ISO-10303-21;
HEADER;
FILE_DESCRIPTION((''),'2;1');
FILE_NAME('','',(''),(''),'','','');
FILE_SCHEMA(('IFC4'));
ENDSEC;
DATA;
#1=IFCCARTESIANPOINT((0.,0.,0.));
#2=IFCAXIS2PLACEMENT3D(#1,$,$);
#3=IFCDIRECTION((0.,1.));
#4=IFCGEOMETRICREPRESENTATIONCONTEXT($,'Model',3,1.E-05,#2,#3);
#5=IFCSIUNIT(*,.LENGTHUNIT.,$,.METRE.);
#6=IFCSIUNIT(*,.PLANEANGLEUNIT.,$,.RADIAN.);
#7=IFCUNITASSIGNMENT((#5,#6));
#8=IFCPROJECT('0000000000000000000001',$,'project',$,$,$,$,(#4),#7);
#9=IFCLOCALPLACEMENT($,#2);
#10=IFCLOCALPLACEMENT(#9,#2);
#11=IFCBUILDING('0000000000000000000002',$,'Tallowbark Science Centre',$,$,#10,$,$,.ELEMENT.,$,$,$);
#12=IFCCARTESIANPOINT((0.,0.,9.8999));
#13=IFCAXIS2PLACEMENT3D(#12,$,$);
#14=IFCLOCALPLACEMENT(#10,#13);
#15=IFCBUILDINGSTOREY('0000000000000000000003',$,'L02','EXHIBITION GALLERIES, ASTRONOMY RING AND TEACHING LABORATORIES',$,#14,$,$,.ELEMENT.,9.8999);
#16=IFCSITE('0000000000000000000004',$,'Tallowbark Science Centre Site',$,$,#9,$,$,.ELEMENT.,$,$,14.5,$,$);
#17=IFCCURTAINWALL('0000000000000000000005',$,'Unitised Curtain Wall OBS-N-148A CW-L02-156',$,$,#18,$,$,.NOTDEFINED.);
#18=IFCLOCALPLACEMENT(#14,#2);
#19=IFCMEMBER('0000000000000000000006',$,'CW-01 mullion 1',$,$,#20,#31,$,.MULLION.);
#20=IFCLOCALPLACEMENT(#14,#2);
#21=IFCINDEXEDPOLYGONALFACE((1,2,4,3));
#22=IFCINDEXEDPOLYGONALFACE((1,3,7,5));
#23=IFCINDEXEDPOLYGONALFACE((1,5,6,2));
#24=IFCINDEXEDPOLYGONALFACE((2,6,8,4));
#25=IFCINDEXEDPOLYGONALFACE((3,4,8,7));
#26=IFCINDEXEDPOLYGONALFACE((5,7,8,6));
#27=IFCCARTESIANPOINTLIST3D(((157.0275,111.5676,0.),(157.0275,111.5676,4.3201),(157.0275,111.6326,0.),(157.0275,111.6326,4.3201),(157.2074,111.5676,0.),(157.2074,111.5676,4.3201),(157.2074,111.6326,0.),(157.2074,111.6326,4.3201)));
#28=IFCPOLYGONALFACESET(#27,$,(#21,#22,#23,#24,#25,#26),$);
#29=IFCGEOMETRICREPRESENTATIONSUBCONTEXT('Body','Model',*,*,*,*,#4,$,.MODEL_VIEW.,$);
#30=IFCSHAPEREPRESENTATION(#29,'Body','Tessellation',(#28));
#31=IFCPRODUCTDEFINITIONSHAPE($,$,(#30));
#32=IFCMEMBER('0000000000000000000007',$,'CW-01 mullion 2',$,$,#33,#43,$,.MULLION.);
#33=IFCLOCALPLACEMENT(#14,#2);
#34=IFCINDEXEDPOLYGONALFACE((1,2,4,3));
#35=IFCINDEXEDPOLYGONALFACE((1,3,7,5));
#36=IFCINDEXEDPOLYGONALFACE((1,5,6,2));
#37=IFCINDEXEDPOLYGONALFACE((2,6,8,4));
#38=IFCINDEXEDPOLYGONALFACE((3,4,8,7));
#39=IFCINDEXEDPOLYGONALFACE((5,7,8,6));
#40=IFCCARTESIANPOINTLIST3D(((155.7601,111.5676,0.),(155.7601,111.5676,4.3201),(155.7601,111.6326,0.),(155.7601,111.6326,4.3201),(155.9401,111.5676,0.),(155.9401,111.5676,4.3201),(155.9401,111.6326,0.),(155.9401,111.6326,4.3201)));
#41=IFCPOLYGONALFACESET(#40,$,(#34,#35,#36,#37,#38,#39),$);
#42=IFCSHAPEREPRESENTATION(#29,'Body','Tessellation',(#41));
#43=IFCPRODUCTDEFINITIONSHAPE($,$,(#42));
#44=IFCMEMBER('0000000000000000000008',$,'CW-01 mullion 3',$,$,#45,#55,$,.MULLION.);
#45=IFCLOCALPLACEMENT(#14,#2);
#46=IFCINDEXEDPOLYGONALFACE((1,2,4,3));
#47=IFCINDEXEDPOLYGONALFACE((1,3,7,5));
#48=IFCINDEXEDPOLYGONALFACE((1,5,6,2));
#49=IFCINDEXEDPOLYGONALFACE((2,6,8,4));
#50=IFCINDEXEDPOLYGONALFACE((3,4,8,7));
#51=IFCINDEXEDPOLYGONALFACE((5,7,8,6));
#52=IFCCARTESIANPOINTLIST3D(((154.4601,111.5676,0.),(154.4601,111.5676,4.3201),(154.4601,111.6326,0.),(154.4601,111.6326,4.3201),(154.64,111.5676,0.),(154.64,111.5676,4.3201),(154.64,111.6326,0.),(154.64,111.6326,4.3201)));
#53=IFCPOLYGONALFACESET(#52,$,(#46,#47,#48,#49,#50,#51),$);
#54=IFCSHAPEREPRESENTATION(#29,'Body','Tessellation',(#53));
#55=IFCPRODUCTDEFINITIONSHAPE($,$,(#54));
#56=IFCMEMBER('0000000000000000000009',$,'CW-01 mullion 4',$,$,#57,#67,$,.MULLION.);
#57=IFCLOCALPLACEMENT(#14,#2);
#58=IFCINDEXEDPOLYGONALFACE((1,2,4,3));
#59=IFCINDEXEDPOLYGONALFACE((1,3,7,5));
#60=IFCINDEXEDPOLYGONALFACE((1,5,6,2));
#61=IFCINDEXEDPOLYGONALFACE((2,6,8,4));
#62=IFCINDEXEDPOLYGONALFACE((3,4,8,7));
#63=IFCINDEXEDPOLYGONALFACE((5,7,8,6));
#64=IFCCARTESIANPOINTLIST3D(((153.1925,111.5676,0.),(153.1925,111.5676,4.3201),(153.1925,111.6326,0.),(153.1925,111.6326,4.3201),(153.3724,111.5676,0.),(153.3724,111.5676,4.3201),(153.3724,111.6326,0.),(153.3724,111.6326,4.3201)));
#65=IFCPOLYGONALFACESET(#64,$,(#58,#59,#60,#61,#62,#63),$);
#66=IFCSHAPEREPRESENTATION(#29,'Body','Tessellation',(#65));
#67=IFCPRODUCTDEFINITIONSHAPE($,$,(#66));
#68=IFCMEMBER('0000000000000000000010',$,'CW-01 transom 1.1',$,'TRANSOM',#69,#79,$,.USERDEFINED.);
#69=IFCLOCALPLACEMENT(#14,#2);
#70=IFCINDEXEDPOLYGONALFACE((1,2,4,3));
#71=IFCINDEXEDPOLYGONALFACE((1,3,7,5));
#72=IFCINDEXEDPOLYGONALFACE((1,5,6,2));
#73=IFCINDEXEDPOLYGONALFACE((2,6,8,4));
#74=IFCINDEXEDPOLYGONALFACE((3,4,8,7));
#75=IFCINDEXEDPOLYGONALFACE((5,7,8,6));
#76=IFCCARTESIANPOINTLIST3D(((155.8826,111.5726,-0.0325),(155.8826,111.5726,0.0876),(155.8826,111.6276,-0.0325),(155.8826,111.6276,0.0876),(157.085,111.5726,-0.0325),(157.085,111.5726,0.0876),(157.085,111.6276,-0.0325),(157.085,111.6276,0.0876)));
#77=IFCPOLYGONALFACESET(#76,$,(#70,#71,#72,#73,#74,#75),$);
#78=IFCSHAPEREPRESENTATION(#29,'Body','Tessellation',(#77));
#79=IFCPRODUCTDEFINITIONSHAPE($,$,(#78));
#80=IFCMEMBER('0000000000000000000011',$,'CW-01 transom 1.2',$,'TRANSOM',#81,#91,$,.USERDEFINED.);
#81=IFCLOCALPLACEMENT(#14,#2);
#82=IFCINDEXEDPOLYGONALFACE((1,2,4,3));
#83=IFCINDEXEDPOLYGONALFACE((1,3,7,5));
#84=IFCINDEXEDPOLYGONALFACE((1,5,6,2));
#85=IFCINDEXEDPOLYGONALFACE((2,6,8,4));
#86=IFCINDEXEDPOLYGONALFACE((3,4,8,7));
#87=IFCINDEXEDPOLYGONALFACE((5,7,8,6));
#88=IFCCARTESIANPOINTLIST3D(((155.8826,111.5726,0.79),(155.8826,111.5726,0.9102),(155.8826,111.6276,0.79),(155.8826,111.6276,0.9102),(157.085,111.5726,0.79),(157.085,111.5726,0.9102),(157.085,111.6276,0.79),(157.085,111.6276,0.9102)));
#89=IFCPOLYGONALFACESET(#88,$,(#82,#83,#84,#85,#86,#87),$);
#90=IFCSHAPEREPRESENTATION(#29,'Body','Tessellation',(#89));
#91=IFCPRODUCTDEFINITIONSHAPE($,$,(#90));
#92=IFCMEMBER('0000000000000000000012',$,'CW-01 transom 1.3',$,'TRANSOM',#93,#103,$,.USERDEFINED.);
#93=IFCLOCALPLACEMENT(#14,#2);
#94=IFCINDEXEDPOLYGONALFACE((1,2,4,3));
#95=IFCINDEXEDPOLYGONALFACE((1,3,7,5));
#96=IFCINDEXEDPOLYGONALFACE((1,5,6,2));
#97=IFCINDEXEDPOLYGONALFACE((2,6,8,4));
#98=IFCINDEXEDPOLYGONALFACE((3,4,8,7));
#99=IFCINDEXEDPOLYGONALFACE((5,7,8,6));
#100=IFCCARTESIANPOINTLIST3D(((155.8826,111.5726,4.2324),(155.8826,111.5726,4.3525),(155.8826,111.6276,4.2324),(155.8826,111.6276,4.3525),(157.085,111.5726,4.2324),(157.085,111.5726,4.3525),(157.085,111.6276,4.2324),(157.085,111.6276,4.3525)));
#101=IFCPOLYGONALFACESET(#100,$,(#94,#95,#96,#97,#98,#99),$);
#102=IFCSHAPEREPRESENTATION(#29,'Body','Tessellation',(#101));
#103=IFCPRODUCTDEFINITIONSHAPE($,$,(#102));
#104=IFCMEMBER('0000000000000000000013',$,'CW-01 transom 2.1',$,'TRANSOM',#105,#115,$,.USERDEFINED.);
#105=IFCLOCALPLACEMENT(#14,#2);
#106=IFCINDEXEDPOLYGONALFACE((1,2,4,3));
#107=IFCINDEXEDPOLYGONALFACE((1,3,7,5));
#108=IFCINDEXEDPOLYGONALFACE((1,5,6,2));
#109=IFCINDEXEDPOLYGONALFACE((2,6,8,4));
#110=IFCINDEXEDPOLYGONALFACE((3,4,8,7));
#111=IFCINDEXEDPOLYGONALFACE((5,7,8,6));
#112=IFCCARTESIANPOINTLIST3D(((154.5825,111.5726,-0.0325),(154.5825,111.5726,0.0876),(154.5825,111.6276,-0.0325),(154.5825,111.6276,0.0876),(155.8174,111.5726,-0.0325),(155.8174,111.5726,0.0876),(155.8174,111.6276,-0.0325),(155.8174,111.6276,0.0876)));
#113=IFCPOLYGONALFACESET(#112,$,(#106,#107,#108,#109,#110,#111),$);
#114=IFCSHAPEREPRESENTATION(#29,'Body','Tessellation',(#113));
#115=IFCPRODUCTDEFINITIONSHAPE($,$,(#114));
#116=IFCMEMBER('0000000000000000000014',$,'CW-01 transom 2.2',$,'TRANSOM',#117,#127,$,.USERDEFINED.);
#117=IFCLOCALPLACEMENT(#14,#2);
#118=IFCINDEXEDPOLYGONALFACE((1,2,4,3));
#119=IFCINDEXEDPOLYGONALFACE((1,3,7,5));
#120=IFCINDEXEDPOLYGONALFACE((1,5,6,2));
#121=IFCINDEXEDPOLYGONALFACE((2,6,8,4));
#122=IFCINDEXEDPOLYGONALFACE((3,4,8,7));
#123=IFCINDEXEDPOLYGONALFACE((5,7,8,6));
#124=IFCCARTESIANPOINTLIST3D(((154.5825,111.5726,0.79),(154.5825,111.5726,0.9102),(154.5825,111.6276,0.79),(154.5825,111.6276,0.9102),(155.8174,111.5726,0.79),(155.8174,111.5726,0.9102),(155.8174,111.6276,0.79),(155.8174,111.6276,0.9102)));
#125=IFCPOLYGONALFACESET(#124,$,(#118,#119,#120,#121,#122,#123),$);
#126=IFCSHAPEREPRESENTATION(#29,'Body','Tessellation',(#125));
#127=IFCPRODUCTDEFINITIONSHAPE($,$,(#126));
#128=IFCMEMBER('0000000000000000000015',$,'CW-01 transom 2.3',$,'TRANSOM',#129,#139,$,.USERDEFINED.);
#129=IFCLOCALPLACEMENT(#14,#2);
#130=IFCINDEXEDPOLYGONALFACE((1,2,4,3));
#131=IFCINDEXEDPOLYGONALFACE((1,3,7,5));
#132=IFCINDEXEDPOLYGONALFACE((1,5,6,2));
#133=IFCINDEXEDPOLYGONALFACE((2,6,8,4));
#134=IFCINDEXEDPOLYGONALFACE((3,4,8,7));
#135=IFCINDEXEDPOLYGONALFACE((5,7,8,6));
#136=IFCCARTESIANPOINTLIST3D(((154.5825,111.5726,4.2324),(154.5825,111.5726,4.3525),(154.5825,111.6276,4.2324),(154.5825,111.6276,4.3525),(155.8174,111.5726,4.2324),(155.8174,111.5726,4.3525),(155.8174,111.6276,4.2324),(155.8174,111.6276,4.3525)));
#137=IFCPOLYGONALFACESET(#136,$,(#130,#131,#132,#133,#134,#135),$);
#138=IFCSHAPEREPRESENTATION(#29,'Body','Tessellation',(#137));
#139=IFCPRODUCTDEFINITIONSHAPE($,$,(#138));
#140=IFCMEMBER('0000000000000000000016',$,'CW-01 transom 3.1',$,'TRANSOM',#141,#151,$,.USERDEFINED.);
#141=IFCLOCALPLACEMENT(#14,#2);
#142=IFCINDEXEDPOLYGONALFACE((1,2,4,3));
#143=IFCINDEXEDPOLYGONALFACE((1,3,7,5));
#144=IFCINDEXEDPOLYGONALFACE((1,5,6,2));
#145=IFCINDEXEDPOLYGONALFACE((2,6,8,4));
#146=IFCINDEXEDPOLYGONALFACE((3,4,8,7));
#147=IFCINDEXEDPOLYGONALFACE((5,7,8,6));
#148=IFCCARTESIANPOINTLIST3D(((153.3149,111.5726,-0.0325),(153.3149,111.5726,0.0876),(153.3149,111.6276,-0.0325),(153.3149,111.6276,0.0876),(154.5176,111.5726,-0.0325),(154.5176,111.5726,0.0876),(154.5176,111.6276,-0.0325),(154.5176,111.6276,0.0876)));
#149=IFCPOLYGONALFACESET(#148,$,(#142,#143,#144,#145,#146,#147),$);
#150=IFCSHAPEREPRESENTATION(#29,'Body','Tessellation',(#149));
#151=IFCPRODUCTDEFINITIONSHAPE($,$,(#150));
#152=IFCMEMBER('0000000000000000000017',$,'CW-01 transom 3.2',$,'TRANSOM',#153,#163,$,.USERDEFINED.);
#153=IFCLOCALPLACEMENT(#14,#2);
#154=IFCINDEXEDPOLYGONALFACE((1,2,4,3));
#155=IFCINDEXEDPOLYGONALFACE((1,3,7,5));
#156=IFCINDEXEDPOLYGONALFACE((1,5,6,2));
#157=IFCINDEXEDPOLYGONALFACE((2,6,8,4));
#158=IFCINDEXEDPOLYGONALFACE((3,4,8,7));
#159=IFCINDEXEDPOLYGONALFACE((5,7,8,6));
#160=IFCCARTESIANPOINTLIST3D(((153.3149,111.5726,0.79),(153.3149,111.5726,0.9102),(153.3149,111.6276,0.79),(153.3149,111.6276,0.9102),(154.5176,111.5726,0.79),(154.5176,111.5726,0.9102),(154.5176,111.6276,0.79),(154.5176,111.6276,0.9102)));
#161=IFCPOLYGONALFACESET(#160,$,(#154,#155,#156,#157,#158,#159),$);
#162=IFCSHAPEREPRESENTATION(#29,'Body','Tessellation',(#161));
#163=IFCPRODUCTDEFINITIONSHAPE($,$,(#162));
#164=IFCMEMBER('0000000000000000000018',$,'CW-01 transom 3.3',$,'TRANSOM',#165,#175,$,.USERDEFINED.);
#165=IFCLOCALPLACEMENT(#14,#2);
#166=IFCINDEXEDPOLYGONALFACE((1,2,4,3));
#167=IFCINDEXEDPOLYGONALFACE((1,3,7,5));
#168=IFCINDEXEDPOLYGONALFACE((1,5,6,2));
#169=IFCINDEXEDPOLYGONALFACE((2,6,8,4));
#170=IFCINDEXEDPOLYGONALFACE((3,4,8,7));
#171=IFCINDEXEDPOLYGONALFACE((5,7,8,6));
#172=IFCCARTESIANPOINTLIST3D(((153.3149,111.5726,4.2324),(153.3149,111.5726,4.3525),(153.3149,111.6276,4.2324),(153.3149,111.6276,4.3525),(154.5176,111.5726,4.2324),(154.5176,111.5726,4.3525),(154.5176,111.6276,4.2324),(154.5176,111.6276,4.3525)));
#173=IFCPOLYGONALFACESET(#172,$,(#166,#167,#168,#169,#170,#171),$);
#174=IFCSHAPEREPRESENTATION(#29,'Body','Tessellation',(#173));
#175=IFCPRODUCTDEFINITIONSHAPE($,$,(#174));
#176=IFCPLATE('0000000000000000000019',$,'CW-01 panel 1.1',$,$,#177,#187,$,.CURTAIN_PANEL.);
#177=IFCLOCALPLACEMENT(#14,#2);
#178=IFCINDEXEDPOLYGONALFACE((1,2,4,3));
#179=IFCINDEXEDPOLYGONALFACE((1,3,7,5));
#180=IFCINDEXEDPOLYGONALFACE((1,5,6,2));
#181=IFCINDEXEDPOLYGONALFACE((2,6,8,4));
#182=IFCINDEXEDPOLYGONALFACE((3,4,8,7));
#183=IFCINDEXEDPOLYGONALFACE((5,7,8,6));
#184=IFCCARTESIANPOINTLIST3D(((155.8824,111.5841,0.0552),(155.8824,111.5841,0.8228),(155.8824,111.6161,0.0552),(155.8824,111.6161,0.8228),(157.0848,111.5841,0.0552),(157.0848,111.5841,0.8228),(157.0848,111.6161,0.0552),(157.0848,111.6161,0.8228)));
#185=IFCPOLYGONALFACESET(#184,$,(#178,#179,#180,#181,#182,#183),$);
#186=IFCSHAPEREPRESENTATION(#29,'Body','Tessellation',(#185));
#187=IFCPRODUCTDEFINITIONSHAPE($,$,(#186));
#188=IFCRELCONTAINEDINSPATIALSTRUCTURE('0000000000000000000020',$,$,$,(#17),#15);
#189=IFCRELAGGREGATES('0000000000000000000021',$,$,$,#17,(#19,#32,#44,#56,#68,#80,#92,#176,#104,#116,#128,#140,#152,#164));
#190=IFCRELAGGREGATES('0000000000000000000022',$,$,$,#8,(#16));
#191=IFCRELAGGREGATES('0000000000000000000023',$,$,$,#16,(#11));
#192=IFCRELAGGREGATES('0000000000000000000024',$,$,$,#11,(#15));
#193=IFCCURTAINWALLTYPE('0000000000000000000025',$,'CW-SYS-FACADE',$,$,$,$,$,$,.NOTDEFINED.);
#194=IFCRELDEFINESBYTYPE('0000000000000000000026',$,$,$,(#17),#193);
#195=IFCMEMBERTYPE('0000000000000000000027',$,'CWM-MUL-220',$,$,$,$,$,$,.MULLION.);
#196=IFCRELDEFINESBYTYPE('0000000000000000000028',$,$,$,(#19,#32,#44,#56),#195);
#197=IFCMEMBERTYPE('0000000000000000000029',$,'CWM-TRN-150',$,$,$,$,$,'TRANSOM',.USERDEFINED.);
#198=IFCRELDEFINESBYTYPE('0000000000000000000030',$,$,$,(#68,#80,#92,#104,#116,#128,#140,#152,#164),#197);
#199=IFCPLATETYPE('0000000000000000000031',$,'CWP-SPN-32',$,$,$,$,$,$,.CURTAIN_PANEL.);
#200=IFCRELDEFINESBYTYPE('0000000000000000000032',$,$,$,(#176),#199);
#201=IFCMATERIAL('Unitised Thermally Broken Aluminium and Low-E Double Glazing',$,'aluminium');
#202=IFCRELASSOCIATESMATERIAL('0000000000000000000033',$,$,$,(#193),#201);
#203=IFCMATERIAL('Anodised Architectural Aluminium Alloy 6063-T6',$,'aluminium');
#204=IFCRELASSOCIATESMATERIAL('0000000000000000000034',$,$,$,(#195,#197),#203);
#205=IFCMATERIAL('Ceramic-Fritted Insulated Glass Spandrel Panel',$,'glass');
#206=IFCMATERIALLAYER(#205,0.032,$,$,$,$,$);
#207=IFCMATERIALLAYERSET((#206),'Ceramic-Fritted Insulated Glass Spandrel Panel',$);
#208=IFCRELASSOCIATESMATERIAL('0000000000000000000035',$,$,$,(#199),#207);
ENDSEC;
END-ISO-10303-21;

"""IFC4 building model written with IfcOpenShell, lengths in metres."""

from ifc_helpers import new_model, si_unit, direction, frame, origin, origin_2d, place, context, subcontext, project, spatial, rectangle, extrude, material, layer, layer_set, material_profile, profile_set, type_object, element, aggregate, save


model = new_model("IFC4")

# Units and contexts
model_context = context("Model", 3, precision=1e-05, world=origin(), true_north=direction((0.0, 1.0)))
body_context = subcontext(model_context, "Body", "Model", "MODEL_VIEW")
ifc_project = project(units=[si_unit("LENGTHUNIT", "METRE"), si_unit("PLANEANGLEUNIT", "RADIAN")], contexts=[model_context])

# Site, building, storey
site_placement = place(None, origin())
site = spatial("IfcSite", under=ifc_project, at=site_placement, Name="Tallowbark Science Centre Site", CompositionType="ELEMENT", RefElevation=14.5)
building_placement = place(site_placement, origin())
building = spatial("IfcBuilding", under=site, at=building_placement, Name="Tallowbark Science Centre", CompositionType="ELEMENT")
storey_placement = place(building_placement, frame((0.0, 0.0, 9.8999)))
storey = spatial("IfcBuildingStorey", under=building, at=storey_placement, Name="L02", Description="EXHIBITION GALLERIES, ASTRONOMY RING AND TEACHING LABORATORIES", CompositionType="ELEMENT", Elevation=9.8999)

# Curtain wall, members, plate
ifc_material_1 = material(Name="Unitised Thermally Broken Aluminium and Low-E Double Glazing", Category="aluminium")
curtain_wall_type = type_object("IfcCurtainWallType", Name="CW-SYS-FACADE", PredefinedType="NOTDEFINED", material=ifc_material_1)
curtain_wall_placement = place(storey_placement, origin())
curtain_wall = element("IfcCurtainWall", 1, at=curtain_wall_placement, inside=storey, type_object=curtain_wall_type, Name="Unitised Curtain Wall OBS-N-148A CW-L02-156", PredefinedType="NOTDEFINED")
ifc_material_2 = material(Name="Anodised Architectural Aluminium Alloy 6063-T6", Category="aluminium")
ifc_material_profile_1 = material_profile(ifc_material_2, rectangle(XDim=0.0649, YDim=0.1799, at=origin_2d()), Name="ALU65x180")
ifc_profile_set_1 = profile_set([ifc_material_profile_1], Name="Anodised Architectural Aluminium Alloy 6063-T6")
member_type_1 = type_object("IfcMemberType", Name="CWM-MUL-220", PredefinedType="MULLION", material=ifc_profile_set_1)
member_1_placement = place(storey_placement, frame((157.1174, 111.6001, 0.0), z_axis=(0.0, 0.0, 1.0), x_axis=(0.0, -1.0, 0.0)))
member_1 = element("IfcMember", 2, at=member_1_placement, type_object=member_type_1, Name="CW-01 mullion 1", PredefinedType="MULLION", context=body_context, shape_type="SweptSolid", body=[
    extrude(rectangle(XDim=0.0649, YDim=0.1799, at=origin_2d()), origin(), (0.0, 0.0, 1.0), 4.3201),
])
member_2_placement = place(storey_placement, frame((155.8501, 111.6001, 0.0), z_axis=(0.0, 0.0, 1.0), x_axis=(0.0, -1.0, 0.0)))
member_2 = element("IfcMember", 3, at=member_2_placement, type_object=member_type_1, Name="CW-01 mullion 2", PredefinedType="MULLION", context=body_context, shape_type="SweptSolid", body=[
    extrude(rectangle(XDim=0.0649, YDim=0.1799, at=origin_2d()), origin(), (0.0, 0.0, 1.0), 4.3201),
])
member_3_placement = place(storey_placement, frame((154.55, 111.6001, 0.0), z_axis=(0.0, 0.0, 1.0), x_axis=(0.0, -1.0, 0.0)))
member_3 = element("IfcMember", 4, at=member_3_placement, type_object=member_type_1, Name="CW-01 mullion 3", PredefinedType="MULLION", context=body_context, shape_type="SweptSolid", body=[
    extrude(rectangle(XDim=0.0649, YDim=0.1799, at=origin_2d()), origin(), (0.0, 0.0, 1.0), 4.3201),
])
member_4_placement = place(storey_placement, frame((153.2825, 111.6001, 0.0), z_axis=(0.0, 0.0, 1.0), x_axis=(0.0, -1.0, 0.0)))
member_4 = element("IfcMember", 5, at=member_4_placement, type_object=member_type_1, Name="CW-01 mullion 4", PredefinedType="MULLION", context=body_context, shape_type="SweptSolid", body=[
    extrude(rectangle(XDim=0.0649, YDim=0.1799, at=origin_2d()), origin(), (0.0, 0.0, 1.0), 4.3201),
])
ifc_material_profile_2 = material_profile(ifc_material_2, rectangle(XDim=0.0549, YDim=0.1201, at=origin_2d()), Name="ALU55x120")
ifc_profile_set_2 = profile_set([ifc_material_profile_2], Name="Anodised Architectural Aluminium Alloy 6063-T6")
member_type_2 = type_object("IfcMemberType", Name="CWM-TRN-150", ElementType="TRANSOM", PredefinedType="USERDEFINED", material=ifc_profile_set_2)
member_5_placement = place(storey_placement, frame((157.085, 111.6001, 0.0276), z_axis=(-1.0, 0.0, 0.0), x_axis=(0.0, -1.0, 0.0)))
member_5 = element("IfcMember", 6, at=member_5_placement, type_object=member_type_2, Name="CW-01 transom 1.1", ObjectType="TRANSOM", PredefinedType="USERDEFINED", context=body_context, shape_type="SweptSolid", body=[
    extrude(rectangle(XDim=0.0549, YDim=0.1201, at=origin_2d()), origin(), (0.0, 0.0, 1.0), 1.2024),
])
member_6_placement = place(storey_placement, frame((157.085, 111.6001, 0.8501), z_axis=(-1.0, 0.0, 0.0), x_axis=(0.0, -1.0, 0.0)))
member_6 = element("IfcMember", 7, at=member_6_placement, type_object=member_type_2, Name="CW-01 transom 1.2", ObjectType="TRANSOM", PredefinedType="USERDEFINED", context=body_context, shape_type="SweptSolid", body=[
    extrude(rectangle(XDim=0.0549, YDim=0.1201, at=origin_2d()), origin(), (0.0, 0.0, 1.0), 1.2024),
])
member_7_placement = place(storey_placement, frame((157.085, 111.6001, 4.2925), z_axis=(-1.0, 0.0, 0.0), x_axis=(0.0, -1.0, 0.0)))
member_7 = element("IfcMember", 8, at=member_7_placement, type_object=member_type_2, Name="CW-01 transom 1.3", ObjectType="TRANSOM", PredefinedType="USERDEFINED", context=body_context, shape_type="SweptSolid", body=[
    extrude(rectangle(XDim=0.0549, YDim=0.1201, at=origin_2d()), origin(), (0.0, 0.0, 1.0), 1.2024),
])
member_8_placement = place(storey_placement, frame((155.8174, 111.6001, 0.0276), z_axis=(-1.0, 0.0, 0.0), x_axis=(0.0, -1.0, 0.0)))
member_8 = element("IfcMember", 9, at=member_8_placement, type_object=member_type_2, Name="CW-01 transom 2.1", ObjectType="TRANSOM", PredefinedType="USERDEFINED", context=body_context, shape_type="SweptSolid", body=[
    extrude(rectangle(XDim=0.0549, YDim=0.1201, at=origin_2d()), origin(), (0.0, 0.0, 1.0), 1.2349),
])
member_9_placement = place(storey_placement, frame((155.8174, 111.6001, 0.8501), z_axis=(-1.0, 0.0, 0.0), x_axis=(0.0, -1.0, 0.0)))
member_9 = element("IfcMember", 10, at=member_9_placement, type_object=member_type_2, Name="CW-01 transom 2.2", ObjectType="TRANSOM", PredefinedType="USERDEFINED", context=body_context, shape_type="SweptSolid", body=[
    extrude(rectangle(XDim=0.0549, YDim=0.1201, at=origin_2d()), origin(), (0.0, 0.0, 1.0), 1.2349),
])
member_10_placement = place(storey_placement, frame((155.8174, 111.6001, 4.2925), z_axis=(-1.0, 0.0, 0.0), x_axis=(0.0, -1.0, 0.0)))
member_10 = element("IfcMember", 11, at=member_10_placement, type_object=member_type_2, Name="CW-01 transom 2.3", ObjectType="TRANSOM", PredefinedType="USERDEFINED", context=body_context, shape_type="SweptSolid", body=[
    extrude(rectangle(XDim=0.0549, YDim=0.1201, at=origin_2d()), origin(), (0.0, 0.0, 1.0), 1.2349),
])
member_11_placement = place(storey_placement, frame((154.5176, 111.6001, 0.0276), z_axis=(-1.0, 0.0, 0.0), x_axis=(0.0, -1.0, 0.0)))
member_11 = element("IfcMember", 12, at=member_11_placement, type_object=member_type_2, Name="CW-01 transom 3.1", ObjectType="TRANSOM", PredefinedType="USERDEFINED", context=body_context, shape_type="SweptSolid", body=[
    extrude(rectangle(XDim=0.0549, YDim=0.1201, at=origin_2d()), origin(), (0.0, 0.0, 1.0), 1.2026),
])
member_12_placement = place(storey_placement, frame((154.5176, 111.6001, 0.8501), z_axis=(-1.0, 0.0, 0.0), x_axis=(0.0, -1.0, 0.0)))
member_12 = element("IfcMember", 13, at=member_12_placement, type_object=member_type_2, Name="CW-01 transom 3.2", ObjectType="TRANSOM", PredefinedType="USERDEFINED", context=body_context, shape_type="SweptSolid", body=[
    extrude(rectangle(XDim=0.0549, YDim=0.1201, at=origin_2d()), origin(), (0.0, 0.0, 1.0), 1.2026),
])
member_13_placement = place(storey_placement, frame((154.5176, 111.6001, 4.2925), z_axis=(-1.0, 0.0, 0.0), x_axis=(0.0, -1.0, 0.0)))
member_13 = element("IfcMember", 14, at=member_13_placement, type_object=member_type_2, Name="CW-01 transom 3.3", ObjectType="TRANSOM", PredefinedType="USERDEFINED", context=body_context, shape_type="SweptSolid", body=[
    extrude(rectangle(XDim=0.0549, YDim=0.1201, at=origin_2d()), origin(), (0.0, 0.0, 1.0), 1.2026),
])
ifc_material_3 = material(Name="Ceramic-Fritted Insulated Glass Spandrel Panel", Category="glass")
ifc_layer_1 = layer(ifc_material_3, 0.032)
ifc_layer_set_1 = layer_set([ifc_layer_1], Name="Ceramic-Fritted Insulated Glass Spandrel Panel")
plate_type = type_object("IfcPlateType", Name="CWP-SPN-32", PredefinedType="CURTAIN_PANEL", material=ifc_layer_set_1)
plate_1_placement = place(storey_placement, frame((156.4836, 111.6001, 0.0552), z_axis=(0.0, 0.0, 1.0), x_axis=(-1.0, 0.0, 0.0)))
plate_1 = element("IfcPlate", 15, at=plate_1_placement, type_object=plate_type, Name="CW-01 panel 1.1", PredefinedType="CURTAIN_PANEL", context=body_context, shape_type="SweptSolid", body=[
    extrude(rectangle(XDim=1.2024, YDim=0.032, at=origin_2d()), origin(), (0.0, 0.0, 1.0), 0.7676),
])
aggregate(curtain_wall, [member_1, member_2, member_3, member_4, member_5, member_6, member_7, plate_1, member_8, member_9, member_10, member_11, member_12, member_13])

save(model, "model.ifc")
